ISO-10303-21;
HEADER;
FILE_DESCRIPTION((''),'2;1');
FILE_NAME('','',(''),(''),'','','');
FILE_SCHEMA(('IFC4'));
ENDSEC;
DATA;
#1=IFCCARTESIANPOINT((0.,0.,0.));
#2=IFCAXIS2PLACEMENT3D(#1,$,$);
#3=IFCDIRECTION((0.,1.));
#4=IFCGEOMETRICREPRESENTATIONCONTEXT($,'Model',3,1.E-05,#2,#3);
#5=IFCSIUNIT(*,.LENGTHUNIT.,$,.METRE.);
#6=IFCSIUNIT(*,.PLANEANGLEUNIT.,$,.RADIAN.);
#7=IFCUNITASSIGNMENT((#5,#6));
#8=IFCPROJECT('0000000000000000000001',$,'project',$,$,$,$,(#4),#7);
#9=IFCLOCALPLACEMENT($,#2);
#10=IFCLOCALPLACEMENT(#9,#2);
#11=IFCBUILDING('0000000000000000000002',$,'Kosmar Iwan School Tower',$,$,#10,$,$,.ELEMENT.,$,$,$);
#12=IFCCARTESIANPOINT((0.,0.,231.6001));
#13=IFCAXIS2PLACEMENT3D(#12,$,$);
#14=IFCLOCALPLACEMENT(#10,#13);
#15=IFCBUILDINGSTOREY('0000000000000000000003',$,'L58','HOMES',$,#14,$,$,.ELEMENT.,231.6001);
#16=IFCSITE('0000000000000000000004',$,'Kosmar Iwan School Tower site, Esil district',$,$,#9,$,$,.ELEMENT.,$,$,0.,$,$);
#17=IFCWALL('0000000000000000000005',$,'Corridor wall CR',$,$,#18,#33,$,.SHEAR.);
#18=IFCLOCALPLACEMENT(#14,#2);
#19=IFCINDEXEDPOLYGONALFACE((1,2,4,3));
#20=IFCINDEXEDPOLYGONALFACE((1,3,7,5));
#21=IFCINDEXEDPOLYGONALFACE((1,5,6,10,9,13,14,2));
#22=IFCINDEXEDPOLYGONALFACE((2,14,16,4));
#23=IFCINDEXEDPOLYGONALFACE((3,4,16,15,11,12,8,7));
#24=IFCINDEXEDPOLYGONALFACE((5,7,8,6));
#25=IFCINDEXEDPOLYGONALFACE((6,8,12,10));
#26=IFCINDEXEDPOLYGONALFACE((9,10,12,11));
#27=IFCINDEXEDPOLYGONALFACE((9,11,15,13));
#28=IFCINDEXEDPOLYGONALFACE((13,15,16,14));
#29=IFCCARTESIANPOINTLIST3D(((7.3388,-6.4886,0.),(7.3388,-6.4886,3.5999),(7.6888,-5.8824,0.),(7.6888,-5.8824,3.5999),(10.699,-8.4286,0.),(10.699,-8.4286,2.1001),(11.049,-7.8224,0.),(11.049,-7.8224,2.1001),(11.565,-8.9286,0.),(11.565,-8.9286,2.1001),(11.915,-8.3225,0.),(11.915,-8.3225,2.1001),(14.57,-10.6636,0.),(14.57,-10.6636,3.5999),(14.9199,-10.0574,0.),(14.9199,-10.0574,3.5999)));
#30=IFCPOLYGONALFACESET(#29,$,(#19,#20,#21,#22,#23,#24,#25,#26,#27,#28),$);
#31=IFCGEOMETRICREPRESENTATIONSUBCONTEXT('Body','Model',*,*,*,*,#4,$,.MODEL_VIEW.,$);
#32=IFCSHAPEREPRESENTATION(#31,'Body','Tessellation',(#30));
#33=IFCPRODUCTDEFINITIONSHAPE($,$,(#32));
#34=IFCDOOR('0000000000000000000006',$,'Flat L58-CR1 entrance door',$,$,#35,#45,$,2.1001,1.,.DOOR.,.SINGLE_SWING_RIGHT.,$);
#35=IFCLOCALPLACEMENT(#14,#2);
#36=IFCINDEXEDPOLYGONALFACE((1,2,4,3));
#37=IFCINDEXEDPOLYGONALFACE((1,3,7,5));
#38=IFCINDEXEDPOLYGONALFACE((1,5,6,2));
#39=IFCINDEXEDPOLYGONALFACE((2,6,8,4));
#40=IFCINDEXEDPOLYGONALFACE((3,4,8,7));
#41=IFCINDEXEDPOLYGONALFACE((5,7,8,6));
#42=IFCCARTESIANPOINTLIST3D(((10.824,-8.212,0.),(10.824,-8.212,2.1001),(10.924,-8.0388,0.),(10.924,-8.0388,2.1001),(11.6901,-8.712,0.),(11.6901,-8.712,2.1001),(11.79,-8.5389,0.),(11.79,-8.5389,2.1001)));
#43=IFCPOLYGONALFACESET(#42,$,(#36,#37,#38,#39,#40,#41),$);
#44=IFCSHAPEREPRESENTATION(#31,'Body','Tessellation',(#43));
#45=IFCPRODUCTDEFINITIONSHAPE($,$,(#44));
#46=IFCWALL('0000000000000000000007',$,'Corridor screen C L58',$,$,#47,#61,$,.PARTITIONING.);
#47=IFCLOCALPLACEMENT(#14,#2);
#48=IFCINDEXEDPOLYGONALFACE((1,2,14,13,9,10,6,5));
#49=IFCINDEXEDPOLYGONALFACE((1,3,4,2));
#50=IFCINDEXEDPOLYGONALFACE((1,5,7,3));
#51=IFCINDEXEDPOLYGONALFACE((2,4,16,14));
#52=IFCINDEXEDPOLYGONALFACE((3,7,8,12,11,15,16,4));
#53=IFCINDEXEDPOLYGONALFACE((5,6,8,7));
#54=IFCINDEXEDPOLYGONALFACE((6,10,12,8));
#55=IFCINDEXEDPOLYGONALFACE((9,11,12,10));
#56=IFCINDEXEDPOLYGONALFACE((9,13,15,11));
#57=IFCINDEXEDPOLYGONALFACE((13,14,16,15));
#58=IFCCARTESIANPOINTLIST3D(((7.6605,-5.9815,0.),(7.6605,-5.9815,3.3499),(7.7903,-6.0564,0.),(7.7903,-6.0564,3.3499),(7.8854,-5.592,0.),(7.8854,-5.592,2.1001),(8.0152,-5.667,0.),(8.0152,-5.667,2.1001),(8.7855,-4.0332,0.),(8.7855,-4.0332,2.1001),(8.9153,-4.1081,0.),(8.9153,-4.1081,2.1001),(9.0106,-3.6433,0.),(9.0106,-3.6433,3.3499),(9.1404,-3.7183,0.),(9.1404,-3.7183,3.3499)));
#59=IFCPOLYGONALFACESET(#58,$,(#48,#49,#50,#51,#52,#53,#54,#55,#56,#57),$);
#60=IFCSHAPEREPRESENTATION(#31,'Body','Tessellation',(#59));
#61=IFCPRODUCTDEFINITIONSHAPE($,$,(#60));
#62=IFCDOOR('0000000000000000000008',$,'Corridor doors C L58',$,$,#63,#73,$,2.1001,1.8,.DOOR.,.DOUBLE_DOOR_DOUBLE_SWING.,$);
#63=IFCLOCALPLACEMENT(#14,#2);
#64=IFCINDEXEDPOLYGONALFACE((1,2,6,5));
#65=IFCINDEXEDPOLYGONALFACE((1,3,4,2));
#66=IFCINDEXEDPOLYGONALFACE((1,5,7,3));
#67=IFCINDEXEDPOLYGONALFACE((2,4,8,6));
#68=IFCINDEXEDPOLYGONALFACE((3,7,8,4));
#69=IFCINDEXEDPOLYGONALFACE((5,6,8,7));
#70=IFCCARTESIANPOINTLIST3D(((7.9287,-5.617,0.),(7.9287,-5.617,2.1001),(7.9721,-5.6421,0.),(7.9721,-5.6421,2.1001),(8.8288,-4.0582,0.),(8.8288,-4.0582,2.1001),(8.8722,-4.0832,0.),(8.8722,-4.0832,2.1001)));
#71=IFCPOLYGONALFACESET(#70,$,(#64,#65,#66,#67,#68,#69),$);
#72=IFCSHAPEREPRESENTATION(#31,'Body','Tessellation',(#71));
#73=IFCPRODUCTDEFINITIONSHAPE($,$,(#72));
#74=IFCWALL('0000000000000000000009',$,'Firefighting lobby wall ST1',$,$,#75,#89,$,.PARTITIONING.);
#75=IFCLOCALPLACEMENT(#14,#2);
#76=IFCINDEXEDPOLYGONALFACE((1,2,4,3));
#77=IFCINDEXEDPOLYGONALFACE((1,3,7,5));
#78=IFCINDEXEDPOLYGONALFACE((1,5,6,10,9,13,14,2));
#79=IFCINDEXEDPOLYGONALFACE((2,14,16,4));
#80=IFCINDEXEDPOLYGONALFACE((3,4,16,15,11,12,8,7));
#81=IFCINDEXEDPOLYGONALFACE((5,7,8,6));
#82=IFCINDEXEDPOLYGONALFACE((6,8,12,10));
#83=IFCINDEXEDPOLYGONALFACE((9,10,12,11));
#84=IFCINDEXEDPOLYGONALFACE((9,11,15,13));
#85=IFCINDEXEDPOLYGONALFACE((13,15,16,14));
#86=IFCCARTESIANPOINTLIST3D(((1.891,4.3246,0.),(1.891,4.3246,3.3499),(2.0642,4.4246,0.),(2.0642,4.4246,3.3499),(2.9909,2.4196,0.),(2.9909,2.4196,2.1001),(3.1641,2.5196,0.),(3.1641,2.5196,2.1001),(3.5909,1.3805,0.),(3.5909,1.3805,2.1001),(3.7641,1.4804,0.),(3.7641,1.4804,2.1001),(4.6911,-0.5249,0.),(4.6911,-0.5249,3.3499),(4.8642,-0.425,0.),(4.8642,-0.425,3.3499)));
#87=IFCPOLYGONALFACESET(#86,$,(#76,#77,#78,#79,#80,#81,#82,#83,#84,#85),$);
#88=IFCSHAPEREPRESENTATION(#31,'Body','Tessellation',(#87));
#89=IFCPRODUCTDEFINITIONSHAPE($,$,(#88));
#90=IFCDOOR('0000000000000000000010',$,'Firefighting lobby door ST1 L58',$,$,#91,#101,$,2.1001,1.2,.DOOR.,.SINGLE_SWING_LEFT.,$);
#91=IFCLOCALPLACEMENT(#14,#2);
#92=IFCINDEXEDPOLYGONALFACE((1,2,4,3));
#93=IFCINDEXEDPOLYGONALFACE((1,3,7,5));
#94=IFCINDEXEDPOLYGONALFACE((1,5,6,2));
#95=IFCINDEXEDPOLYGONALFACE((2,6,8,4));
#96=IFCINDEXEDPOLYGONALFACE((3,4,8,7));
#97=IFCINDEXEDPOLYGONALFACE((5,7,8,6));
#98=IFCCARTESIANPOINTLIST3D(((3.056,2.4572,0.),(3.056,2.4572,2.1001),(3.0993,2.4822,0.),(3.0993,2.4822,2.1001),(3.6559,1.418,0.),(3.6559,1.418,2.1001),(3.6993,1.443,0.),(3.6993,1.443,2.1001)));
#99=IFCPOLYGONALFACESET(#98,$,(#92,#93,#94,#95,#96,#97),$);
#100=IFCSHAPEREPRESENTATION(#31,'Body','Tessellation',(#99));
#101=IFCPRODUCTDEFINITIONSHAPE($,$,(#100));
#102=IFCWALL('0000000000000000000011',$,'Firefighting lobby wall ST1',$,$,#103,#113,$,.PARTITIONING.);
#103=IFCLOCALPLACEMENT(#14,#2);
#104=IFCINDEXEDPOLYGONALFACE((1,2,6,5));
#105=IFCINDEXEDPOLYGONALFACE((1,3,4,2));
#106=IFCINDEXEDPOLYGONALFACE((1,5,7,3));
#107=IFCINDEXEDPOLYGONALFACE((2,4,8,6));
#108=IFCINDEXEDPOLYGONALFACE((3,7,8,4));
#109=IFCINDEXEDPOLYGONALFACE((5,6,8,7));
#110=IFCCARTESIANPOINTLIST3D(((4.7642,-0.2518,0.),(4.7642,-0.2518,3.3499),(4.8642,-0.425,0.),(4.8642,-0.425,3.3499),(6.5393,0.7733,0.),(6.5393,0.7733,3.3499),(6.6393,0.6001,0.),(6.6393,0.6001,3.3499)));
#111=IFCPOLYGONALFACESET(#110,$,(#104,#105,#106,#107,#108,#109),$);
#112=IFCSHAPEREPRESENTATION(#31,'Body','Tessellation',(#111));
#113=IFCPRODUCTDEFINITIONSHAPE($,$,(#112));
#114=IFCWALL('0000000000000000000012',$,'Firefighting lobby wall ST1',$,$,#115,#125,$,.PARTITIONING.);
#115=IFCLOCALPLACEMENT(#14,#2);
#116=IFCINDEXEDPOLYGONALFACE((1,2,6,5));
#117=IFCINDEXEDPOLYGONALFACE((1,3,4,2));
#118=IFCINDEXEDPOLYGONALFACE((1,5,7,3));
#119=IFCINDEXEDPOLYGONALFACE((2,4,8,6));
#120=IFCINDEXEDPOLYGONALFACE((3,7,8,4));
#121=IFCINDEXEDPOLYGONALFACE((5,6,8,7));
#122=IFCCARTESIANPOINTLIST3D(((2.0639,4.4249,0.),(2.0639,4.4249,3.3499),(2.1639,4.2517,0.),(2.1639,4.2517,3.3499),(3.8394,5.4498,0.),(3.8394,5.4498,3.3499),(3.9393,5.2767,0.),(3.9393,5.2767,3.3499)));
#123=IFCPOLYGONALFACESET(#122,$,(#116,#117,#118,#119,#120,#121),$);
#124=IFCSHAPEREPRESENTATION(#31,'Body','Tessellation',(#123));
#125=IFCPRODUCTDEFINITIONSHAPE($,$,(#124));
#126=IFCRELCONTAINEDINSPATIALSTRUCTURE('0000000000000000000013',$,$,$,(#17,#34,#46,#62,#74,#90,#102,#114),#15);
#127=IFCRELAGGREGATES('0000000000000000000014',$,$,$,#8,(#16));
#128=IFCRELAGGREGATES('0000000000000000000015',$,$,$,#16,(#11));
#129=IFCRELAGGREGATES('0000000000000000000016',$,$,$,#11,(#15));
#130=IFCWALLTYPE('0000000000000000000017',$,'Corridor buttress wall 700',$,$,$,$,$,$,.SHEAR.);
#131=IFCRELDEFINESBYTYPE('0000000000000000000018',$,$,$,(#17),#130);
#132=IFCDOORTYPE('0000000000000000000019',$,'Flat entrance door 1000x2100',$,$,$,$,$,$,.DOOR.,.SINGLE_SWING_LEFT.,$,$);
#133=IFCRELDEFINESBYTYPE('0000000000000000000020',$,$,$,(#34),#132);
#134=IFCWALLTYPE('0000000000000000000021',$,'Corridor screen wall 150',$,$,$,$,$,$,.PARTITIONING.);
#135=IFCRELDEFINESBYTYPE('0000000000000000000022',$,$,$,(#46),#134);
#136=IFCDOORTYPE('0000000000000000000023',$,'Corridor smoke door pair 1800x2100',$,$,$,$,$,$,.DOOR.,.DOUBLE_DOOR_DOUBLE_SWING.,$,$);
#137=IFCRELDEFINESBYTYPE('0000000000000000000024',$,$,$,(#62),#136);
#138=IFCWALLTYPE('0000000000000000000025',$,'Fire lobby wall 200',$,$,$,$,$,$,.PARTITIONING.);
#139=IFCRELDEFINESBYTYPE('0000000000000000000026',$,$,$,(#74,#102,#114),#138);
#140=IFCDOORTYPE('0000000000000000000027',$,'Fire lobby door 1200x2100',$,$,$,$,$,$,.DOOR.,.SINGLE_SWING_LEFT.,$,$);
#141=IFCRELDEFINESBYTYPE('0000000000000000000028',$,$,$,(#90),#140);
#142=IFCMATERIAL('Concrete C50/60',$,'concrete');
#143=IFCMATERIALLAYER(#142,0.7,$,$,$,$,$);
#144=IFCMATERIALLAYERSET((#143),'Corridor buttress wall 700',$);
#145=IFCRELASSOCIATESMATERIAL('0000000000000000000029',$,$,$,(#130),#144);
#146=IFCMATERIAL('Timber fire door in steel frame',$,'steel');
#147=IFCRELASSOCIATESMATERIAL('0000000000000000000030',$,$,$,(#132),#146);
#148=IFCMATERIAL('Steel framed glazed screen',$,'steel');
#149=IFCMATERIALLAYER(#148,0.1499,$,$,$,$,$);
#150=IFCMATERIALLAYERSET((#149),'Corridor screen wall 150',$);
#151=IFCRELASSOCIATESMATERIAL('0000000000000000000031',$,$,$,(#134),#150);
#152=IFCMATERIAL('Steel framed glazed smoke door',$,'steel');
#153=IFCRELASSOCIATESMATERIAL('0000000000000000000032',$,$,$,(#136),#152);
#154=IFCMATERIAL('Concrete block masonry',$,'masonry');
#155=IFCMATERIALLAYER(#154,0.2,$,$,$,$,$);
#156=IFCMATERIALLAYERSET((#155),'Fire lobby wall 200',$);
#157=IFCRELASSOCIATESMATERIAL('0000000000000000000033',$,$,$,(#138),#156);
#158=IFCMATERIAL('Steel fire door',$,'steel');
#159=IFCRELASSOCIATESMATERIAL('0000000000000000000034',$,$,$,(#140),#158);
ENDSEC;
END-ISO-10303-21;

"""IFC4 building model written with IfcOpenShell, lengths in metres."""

from ifc_helpers import new_model, si_unit, direction, frame, frame_2d, origin, place, context, subcontext, project, spatial, rectangle, extrude, material, layer, layer_set, type_object, element, fill, save


model = new_model("IFC4")

# Units and contexts
model_context = context("Model", 3, precision=1e-05, world=origin(), true_north=direction((0.0, 1.0)))
body_context = subcontext(model_context, "Body", "Model", "MODEL_VIEW")
ifc_project = project(units=[si_unit("LENGTHUNIT", "METRE"), si_unit("PLANEANGLEUNIT", "RADIAN")], contexts=[model_context])

# Site, building, storey
site_placement = place(None, origin())
site = spatial("IfcSite", under=ifc_project, at=site_placement, Name="Kosmar Iwan School Tower site, Esil district", CompositionType="ELEMENT", RefElevation=0.0)
building_placement = place(site_placement, origin())
building = spatial("IfcBuilding", under=site, at=building_placement, Name="Kosmar Iwan School Tower", CompositionType="ELEMENT")
storey_placement = place(building_placement, frame((0.0, 0.0, 231.6001)))
storey = spatial("IfcBuildingStorey", under=building, at=storey_placement, Name="L58", Description="HOMES", CompositionType="ELEMENT", Elevation=231.6001)

# Walls, openings, doors
ifc_material_1 = material(Name="Concrete C50/60", Category="concrete")
ifc_layer_1 = layer(ifc_material_1, 0.7)
ifc_layer_set_1 = layer_set([ifc_layer_1], Name="Corridor buttress wall 700")
wall_type_1 = type_object("IfcWallType", Name="Corridor buttress wall 700", PredefinedType="SHEAR", material=ifc_layer_set_1)
wall_1_placement = place(storey_placement, frame((7.5139, -6.1855, 0.0), z_axis=(0.0, 0.0, 1.0), x_axis=(0.86602, -0.50001, 0.0)))
wall_1 = element("IfcWall", 1, at=wall_1_placement, inside=storey, type_object=wall_type_1, Name="Corridor wall CR", PredefinedType="SHEAR", context=body_context, shape_type="SweptSolid", body=[
    extrude(rectangle(XDim=8.3499, YDim=0.7, at=frame_2d((4.1748, 0.0))), origin(), (0.0, 0.0, 1.0), 3.5999),
])
opening_1_placement = place(wall_1_placement, frame((3.8799, 0.0, 0.0)))
opening_1 = element("IfcOpeningElement", 2, at=opening_1_placement, cuts=wall_1, PredefinedType="OPENING", context=body_context, shape_type="SweptSolid", body=[
    extrude(rectangle(XDim=1.0, YDim=2.1001, at=frame_2d((0.5, 1.05))), frame((0.0, 0.3621, 0.0), z_axis=(0.0, -1.0, 0.0), x_axis=(1.0, 0.0, 0.0)), (0.0, 0.0, 1.0), 0.7239),
])
ifc_material_2 = material(Name="Timber fire door in steel frame", Category="steel")
door_type_1 = type_object("IfcDoorType", Name="Flat entrance door 1000x2100", OperationType="SINGLE_SWING_LEFT", PredefinedType="DOOR", material=ifc_material_2)
door_1_placement = place(opening_1_placement, origin())
door_1 = element("IfcDoor", 3, at=door_1_placement, inside=storey, type_object=door_type_1, Name="Flat L58-CR1 entrance door", OperationType="SINGLE_SWING_RIGHT", OverallHeight=2.1001, OverallWidth=1.0, PredefinedType="DOOR", context=body_context, shape_type="SweptSolid", body=[
    extrude(rectangle(XDim=1.0, YDim=2.1001, at=frame_2d((0.5, 1.05))), frame((0.0, 0.1001, 0.0), z_axis=(0.0, -1.0, 0.0), x_axis=(1.0, 0.0, 0.0)), (0.0, 0.0, 1.0), 0.2),
])
fill(opening_1, door_1)
ifc_material_3 = material(Name="Steel framed glazed screen", Category="steel")
ifc_layer_2 = layer(ifc_material_3, 0.1499)
ifc_layer_set_2 = layer_set([ifc_layer_2], Name="Corridor screen wall 150")
wall_type_2 = type_object("IfcWallType", Name="Corridor screen wall 150", PredefinedType="PARTITIONING", material=ifc_layer_set_2)
wall_2_placement = place(storey_placement, frame((7.7253, -6.019, 0.0), z_axis=(0.0, 0.0, 1.0), x_axis=(0.500049, 0.865997, 0.0)))
wall_2 = element("IfcWall", 4, at=wall_2_placement, inside=storey, type_object=wall_type_2, Name="Corridor screen C L58", PredefinedType="PARTITIONING", context=body_context, shape_type="SweptSolid", body=[
    extrude(rectangle(XDim=2.7, YDim=0.1499, at=frame_2d((1.3501, 0.0))), origin(), (0.0, 0.0, 1.0), 3.3499),
])
opening_2_placement = place(wall_2_placement, frame((0.45, 0.0, 0.0)))
opening_2 = element("IfcOpeningElement", 5, at=opening_2_placement, cuts=wall_2, PredefinedType="OPENING", context=body_context, shape_type="SweptSolid", body=[
    extrude(rectangle(XDim=1.8, YDim=2.1001, at=frame_2d((0.8999, 1.05))), frame((0.0, 0.0869, 0.0), z_axis=(0.0, -1.0, 0.0), x_axis=(1.0, 0.0, 0.0)), (0.0, 0.0, 1.0), 0.1738),
])
ifc_material_4 = material(Name="Steel framed glazed smoke door", Category="steel")
door_type_2 = type_object("IfcDoorType", Name="Corridor smoke door pair 1800x2100", OperationType="DOUBLE_DOOR_DOUBLE_SWING", PredefinedType="DOOR", material=ifc_material_4)
door_2_placement = place(opening_2_placement, origin())
door_2 = element("IfcDoor", 6, at=door_2_placement, inside=storey, type_object=door_type_2, Name="Corridor doors C L58", OperationType="DOUBLE_DOOR_DOUBLE_SWING", OverallHeight=2.1001, OverallWidth=1.8, PredefinedType="DOOR", context=body_context, shape_type="SweptSolid", body=[
    extrude(rectangle(XDim=1.8, YDim=2.1001, at=frame_2d((0.8999, 1.05))), frame((0.0, 0.0249, 0.0), z_axis=(0.0, -1.0, 0.0), x_axis=(1.0, 0.0, 0.0)), (0.0, 0.0, 1.0), 0.05),
])
fill(opening_2, door_2)
ifc_material_5 = material(Name="Concrete block masonry", Category="masonry")
ifc_layer_3 = layer(ifc_material_5, 0.2)
ifc_layer_set_3 = layer_set([ifc_layer_3], Name="Fire lobby wall 200")
wall_type_3 = type_object("IfcWallType", Name="Fire lobby wall 200", PredefinedType="PARTITIONING", material=ifc_layer_set_3)
wall_3_placement = place(storey_placement, frame((4.7776, -0.4749, 0.0), z_axis=(0.0, 0.0, 1.0), x_axis=(-0.500017, 0.866016, 0.0)))
wall_3 = element("IfcWall", 7, at=wall_3_placement, inside=storey, type_object=wall_type_3, Name="Firefighting lobby wall ST1", PredefinedType="PARTITIONING", context=body_context, shape_type="SweptSolid", body=[
    extrude(rectangle(XDim=5.5999, YDim=0.2, at=frame_2d((2.7998, 0.0))), origin(), (0.0, 0.0, 1.0), 3.3499),
])
opening_3_placement = place(wall_3_placement, frame((2.2, 0.0, 0.0)))
opening_3 = element("IfcOpeningElement", 8, at=opening_3_placement, cuts=wall_3, PredefinedType="OPENING", context=body_context, shape_type="SweptSolid", body=[
    extrude(rectangle(XDim=1.2, YDim=2.1001, at=frame_2d((0.6001, 1.05))), frame((0.0, 0.1121, 0.0), z_axis=(0.0, -1.0, 0.0), x_axis=(1.0, 0.0, 0.0)), (0.0, 0.0, 1.0), 0.2239),
])
ifc_material_6 = material(Name="Steel fire door", Category="steel")
door_type_3 = type_object("IfcDoorType", Name="Fire lobby door 1200x2100", OperationType="SINGLE_SWING_LEFT", PredefinedType="DOOR", material=ifc_material_6)
door_3_placement = place(opening_3_placement, origin())
door_3 = element("IfcDoor", 9, at=door_3_placement, inside=storey, type_object=door_type_3, Name="Firefighting lobby door ST1 L58", OperationType="SINGLE_SWING_LEFT", OverallHeight=2.1001, OverallWidth=1.2, PredefinedType="DOOR", context=body_context, shape_type="SweptSolid", body=[
    extrude(rectangle(XDim=1.2, YDim=2.1001, at=frame_2d((0.6001, 1.05))), frame((0.0, 0.0249, 0.0), z_axis=(0.0, -1.0, 0.0), x_axis=(1.0, 0.0, 0.0)), (0.0, 0.0, 1.0), 0.05),
])
fill(opening_3, door_3)

# Walls
wall_4_placement = place(storey_placement, frame((4.8142, -0.3384, 0.0), z_axis=(0.0, 0.0, 1.0), x_axis=(0.865969, 0.500097, 0.0)))
element("IfcWall", 10, at=wall_4_placement, inside=storey, type_object=wall_type_3, Name="Firefighting lobby wall ST1", PredefinedType="PARTITIONING", context=body_context, shape_type="SweptSolid", body=[
    extrude(rectangle(XDim=2.0498, YDim=0.2, at=frame_2d((1.0249, 0.0))), origin(), (0.0, 0.0, 1.0), 3.3499),
])
wall_5_placement = place(storey_placement, frame((2.114, 4.3384, 0.0), z_axis=(0.0, 0.0, 1.0), x_axis=(0.866051, 0.499956, 0.0)))
element("IfcWall", 11, at=wall_5_placement, inside=storey, type_object=wall_type_3, Name="Firefighting lobby wall ST1", PredefinedType="PARTITIONING", context=body_context, shape_type="SweptSolid", body=[
    extrude(rectangle(XDim=2.05, YDim=0.2, at=frame_2d((1.0249, 0.0))), origin(), (0.0, 0.0, 1.0), 3.3499),
])

save(model, "model.ifc")
